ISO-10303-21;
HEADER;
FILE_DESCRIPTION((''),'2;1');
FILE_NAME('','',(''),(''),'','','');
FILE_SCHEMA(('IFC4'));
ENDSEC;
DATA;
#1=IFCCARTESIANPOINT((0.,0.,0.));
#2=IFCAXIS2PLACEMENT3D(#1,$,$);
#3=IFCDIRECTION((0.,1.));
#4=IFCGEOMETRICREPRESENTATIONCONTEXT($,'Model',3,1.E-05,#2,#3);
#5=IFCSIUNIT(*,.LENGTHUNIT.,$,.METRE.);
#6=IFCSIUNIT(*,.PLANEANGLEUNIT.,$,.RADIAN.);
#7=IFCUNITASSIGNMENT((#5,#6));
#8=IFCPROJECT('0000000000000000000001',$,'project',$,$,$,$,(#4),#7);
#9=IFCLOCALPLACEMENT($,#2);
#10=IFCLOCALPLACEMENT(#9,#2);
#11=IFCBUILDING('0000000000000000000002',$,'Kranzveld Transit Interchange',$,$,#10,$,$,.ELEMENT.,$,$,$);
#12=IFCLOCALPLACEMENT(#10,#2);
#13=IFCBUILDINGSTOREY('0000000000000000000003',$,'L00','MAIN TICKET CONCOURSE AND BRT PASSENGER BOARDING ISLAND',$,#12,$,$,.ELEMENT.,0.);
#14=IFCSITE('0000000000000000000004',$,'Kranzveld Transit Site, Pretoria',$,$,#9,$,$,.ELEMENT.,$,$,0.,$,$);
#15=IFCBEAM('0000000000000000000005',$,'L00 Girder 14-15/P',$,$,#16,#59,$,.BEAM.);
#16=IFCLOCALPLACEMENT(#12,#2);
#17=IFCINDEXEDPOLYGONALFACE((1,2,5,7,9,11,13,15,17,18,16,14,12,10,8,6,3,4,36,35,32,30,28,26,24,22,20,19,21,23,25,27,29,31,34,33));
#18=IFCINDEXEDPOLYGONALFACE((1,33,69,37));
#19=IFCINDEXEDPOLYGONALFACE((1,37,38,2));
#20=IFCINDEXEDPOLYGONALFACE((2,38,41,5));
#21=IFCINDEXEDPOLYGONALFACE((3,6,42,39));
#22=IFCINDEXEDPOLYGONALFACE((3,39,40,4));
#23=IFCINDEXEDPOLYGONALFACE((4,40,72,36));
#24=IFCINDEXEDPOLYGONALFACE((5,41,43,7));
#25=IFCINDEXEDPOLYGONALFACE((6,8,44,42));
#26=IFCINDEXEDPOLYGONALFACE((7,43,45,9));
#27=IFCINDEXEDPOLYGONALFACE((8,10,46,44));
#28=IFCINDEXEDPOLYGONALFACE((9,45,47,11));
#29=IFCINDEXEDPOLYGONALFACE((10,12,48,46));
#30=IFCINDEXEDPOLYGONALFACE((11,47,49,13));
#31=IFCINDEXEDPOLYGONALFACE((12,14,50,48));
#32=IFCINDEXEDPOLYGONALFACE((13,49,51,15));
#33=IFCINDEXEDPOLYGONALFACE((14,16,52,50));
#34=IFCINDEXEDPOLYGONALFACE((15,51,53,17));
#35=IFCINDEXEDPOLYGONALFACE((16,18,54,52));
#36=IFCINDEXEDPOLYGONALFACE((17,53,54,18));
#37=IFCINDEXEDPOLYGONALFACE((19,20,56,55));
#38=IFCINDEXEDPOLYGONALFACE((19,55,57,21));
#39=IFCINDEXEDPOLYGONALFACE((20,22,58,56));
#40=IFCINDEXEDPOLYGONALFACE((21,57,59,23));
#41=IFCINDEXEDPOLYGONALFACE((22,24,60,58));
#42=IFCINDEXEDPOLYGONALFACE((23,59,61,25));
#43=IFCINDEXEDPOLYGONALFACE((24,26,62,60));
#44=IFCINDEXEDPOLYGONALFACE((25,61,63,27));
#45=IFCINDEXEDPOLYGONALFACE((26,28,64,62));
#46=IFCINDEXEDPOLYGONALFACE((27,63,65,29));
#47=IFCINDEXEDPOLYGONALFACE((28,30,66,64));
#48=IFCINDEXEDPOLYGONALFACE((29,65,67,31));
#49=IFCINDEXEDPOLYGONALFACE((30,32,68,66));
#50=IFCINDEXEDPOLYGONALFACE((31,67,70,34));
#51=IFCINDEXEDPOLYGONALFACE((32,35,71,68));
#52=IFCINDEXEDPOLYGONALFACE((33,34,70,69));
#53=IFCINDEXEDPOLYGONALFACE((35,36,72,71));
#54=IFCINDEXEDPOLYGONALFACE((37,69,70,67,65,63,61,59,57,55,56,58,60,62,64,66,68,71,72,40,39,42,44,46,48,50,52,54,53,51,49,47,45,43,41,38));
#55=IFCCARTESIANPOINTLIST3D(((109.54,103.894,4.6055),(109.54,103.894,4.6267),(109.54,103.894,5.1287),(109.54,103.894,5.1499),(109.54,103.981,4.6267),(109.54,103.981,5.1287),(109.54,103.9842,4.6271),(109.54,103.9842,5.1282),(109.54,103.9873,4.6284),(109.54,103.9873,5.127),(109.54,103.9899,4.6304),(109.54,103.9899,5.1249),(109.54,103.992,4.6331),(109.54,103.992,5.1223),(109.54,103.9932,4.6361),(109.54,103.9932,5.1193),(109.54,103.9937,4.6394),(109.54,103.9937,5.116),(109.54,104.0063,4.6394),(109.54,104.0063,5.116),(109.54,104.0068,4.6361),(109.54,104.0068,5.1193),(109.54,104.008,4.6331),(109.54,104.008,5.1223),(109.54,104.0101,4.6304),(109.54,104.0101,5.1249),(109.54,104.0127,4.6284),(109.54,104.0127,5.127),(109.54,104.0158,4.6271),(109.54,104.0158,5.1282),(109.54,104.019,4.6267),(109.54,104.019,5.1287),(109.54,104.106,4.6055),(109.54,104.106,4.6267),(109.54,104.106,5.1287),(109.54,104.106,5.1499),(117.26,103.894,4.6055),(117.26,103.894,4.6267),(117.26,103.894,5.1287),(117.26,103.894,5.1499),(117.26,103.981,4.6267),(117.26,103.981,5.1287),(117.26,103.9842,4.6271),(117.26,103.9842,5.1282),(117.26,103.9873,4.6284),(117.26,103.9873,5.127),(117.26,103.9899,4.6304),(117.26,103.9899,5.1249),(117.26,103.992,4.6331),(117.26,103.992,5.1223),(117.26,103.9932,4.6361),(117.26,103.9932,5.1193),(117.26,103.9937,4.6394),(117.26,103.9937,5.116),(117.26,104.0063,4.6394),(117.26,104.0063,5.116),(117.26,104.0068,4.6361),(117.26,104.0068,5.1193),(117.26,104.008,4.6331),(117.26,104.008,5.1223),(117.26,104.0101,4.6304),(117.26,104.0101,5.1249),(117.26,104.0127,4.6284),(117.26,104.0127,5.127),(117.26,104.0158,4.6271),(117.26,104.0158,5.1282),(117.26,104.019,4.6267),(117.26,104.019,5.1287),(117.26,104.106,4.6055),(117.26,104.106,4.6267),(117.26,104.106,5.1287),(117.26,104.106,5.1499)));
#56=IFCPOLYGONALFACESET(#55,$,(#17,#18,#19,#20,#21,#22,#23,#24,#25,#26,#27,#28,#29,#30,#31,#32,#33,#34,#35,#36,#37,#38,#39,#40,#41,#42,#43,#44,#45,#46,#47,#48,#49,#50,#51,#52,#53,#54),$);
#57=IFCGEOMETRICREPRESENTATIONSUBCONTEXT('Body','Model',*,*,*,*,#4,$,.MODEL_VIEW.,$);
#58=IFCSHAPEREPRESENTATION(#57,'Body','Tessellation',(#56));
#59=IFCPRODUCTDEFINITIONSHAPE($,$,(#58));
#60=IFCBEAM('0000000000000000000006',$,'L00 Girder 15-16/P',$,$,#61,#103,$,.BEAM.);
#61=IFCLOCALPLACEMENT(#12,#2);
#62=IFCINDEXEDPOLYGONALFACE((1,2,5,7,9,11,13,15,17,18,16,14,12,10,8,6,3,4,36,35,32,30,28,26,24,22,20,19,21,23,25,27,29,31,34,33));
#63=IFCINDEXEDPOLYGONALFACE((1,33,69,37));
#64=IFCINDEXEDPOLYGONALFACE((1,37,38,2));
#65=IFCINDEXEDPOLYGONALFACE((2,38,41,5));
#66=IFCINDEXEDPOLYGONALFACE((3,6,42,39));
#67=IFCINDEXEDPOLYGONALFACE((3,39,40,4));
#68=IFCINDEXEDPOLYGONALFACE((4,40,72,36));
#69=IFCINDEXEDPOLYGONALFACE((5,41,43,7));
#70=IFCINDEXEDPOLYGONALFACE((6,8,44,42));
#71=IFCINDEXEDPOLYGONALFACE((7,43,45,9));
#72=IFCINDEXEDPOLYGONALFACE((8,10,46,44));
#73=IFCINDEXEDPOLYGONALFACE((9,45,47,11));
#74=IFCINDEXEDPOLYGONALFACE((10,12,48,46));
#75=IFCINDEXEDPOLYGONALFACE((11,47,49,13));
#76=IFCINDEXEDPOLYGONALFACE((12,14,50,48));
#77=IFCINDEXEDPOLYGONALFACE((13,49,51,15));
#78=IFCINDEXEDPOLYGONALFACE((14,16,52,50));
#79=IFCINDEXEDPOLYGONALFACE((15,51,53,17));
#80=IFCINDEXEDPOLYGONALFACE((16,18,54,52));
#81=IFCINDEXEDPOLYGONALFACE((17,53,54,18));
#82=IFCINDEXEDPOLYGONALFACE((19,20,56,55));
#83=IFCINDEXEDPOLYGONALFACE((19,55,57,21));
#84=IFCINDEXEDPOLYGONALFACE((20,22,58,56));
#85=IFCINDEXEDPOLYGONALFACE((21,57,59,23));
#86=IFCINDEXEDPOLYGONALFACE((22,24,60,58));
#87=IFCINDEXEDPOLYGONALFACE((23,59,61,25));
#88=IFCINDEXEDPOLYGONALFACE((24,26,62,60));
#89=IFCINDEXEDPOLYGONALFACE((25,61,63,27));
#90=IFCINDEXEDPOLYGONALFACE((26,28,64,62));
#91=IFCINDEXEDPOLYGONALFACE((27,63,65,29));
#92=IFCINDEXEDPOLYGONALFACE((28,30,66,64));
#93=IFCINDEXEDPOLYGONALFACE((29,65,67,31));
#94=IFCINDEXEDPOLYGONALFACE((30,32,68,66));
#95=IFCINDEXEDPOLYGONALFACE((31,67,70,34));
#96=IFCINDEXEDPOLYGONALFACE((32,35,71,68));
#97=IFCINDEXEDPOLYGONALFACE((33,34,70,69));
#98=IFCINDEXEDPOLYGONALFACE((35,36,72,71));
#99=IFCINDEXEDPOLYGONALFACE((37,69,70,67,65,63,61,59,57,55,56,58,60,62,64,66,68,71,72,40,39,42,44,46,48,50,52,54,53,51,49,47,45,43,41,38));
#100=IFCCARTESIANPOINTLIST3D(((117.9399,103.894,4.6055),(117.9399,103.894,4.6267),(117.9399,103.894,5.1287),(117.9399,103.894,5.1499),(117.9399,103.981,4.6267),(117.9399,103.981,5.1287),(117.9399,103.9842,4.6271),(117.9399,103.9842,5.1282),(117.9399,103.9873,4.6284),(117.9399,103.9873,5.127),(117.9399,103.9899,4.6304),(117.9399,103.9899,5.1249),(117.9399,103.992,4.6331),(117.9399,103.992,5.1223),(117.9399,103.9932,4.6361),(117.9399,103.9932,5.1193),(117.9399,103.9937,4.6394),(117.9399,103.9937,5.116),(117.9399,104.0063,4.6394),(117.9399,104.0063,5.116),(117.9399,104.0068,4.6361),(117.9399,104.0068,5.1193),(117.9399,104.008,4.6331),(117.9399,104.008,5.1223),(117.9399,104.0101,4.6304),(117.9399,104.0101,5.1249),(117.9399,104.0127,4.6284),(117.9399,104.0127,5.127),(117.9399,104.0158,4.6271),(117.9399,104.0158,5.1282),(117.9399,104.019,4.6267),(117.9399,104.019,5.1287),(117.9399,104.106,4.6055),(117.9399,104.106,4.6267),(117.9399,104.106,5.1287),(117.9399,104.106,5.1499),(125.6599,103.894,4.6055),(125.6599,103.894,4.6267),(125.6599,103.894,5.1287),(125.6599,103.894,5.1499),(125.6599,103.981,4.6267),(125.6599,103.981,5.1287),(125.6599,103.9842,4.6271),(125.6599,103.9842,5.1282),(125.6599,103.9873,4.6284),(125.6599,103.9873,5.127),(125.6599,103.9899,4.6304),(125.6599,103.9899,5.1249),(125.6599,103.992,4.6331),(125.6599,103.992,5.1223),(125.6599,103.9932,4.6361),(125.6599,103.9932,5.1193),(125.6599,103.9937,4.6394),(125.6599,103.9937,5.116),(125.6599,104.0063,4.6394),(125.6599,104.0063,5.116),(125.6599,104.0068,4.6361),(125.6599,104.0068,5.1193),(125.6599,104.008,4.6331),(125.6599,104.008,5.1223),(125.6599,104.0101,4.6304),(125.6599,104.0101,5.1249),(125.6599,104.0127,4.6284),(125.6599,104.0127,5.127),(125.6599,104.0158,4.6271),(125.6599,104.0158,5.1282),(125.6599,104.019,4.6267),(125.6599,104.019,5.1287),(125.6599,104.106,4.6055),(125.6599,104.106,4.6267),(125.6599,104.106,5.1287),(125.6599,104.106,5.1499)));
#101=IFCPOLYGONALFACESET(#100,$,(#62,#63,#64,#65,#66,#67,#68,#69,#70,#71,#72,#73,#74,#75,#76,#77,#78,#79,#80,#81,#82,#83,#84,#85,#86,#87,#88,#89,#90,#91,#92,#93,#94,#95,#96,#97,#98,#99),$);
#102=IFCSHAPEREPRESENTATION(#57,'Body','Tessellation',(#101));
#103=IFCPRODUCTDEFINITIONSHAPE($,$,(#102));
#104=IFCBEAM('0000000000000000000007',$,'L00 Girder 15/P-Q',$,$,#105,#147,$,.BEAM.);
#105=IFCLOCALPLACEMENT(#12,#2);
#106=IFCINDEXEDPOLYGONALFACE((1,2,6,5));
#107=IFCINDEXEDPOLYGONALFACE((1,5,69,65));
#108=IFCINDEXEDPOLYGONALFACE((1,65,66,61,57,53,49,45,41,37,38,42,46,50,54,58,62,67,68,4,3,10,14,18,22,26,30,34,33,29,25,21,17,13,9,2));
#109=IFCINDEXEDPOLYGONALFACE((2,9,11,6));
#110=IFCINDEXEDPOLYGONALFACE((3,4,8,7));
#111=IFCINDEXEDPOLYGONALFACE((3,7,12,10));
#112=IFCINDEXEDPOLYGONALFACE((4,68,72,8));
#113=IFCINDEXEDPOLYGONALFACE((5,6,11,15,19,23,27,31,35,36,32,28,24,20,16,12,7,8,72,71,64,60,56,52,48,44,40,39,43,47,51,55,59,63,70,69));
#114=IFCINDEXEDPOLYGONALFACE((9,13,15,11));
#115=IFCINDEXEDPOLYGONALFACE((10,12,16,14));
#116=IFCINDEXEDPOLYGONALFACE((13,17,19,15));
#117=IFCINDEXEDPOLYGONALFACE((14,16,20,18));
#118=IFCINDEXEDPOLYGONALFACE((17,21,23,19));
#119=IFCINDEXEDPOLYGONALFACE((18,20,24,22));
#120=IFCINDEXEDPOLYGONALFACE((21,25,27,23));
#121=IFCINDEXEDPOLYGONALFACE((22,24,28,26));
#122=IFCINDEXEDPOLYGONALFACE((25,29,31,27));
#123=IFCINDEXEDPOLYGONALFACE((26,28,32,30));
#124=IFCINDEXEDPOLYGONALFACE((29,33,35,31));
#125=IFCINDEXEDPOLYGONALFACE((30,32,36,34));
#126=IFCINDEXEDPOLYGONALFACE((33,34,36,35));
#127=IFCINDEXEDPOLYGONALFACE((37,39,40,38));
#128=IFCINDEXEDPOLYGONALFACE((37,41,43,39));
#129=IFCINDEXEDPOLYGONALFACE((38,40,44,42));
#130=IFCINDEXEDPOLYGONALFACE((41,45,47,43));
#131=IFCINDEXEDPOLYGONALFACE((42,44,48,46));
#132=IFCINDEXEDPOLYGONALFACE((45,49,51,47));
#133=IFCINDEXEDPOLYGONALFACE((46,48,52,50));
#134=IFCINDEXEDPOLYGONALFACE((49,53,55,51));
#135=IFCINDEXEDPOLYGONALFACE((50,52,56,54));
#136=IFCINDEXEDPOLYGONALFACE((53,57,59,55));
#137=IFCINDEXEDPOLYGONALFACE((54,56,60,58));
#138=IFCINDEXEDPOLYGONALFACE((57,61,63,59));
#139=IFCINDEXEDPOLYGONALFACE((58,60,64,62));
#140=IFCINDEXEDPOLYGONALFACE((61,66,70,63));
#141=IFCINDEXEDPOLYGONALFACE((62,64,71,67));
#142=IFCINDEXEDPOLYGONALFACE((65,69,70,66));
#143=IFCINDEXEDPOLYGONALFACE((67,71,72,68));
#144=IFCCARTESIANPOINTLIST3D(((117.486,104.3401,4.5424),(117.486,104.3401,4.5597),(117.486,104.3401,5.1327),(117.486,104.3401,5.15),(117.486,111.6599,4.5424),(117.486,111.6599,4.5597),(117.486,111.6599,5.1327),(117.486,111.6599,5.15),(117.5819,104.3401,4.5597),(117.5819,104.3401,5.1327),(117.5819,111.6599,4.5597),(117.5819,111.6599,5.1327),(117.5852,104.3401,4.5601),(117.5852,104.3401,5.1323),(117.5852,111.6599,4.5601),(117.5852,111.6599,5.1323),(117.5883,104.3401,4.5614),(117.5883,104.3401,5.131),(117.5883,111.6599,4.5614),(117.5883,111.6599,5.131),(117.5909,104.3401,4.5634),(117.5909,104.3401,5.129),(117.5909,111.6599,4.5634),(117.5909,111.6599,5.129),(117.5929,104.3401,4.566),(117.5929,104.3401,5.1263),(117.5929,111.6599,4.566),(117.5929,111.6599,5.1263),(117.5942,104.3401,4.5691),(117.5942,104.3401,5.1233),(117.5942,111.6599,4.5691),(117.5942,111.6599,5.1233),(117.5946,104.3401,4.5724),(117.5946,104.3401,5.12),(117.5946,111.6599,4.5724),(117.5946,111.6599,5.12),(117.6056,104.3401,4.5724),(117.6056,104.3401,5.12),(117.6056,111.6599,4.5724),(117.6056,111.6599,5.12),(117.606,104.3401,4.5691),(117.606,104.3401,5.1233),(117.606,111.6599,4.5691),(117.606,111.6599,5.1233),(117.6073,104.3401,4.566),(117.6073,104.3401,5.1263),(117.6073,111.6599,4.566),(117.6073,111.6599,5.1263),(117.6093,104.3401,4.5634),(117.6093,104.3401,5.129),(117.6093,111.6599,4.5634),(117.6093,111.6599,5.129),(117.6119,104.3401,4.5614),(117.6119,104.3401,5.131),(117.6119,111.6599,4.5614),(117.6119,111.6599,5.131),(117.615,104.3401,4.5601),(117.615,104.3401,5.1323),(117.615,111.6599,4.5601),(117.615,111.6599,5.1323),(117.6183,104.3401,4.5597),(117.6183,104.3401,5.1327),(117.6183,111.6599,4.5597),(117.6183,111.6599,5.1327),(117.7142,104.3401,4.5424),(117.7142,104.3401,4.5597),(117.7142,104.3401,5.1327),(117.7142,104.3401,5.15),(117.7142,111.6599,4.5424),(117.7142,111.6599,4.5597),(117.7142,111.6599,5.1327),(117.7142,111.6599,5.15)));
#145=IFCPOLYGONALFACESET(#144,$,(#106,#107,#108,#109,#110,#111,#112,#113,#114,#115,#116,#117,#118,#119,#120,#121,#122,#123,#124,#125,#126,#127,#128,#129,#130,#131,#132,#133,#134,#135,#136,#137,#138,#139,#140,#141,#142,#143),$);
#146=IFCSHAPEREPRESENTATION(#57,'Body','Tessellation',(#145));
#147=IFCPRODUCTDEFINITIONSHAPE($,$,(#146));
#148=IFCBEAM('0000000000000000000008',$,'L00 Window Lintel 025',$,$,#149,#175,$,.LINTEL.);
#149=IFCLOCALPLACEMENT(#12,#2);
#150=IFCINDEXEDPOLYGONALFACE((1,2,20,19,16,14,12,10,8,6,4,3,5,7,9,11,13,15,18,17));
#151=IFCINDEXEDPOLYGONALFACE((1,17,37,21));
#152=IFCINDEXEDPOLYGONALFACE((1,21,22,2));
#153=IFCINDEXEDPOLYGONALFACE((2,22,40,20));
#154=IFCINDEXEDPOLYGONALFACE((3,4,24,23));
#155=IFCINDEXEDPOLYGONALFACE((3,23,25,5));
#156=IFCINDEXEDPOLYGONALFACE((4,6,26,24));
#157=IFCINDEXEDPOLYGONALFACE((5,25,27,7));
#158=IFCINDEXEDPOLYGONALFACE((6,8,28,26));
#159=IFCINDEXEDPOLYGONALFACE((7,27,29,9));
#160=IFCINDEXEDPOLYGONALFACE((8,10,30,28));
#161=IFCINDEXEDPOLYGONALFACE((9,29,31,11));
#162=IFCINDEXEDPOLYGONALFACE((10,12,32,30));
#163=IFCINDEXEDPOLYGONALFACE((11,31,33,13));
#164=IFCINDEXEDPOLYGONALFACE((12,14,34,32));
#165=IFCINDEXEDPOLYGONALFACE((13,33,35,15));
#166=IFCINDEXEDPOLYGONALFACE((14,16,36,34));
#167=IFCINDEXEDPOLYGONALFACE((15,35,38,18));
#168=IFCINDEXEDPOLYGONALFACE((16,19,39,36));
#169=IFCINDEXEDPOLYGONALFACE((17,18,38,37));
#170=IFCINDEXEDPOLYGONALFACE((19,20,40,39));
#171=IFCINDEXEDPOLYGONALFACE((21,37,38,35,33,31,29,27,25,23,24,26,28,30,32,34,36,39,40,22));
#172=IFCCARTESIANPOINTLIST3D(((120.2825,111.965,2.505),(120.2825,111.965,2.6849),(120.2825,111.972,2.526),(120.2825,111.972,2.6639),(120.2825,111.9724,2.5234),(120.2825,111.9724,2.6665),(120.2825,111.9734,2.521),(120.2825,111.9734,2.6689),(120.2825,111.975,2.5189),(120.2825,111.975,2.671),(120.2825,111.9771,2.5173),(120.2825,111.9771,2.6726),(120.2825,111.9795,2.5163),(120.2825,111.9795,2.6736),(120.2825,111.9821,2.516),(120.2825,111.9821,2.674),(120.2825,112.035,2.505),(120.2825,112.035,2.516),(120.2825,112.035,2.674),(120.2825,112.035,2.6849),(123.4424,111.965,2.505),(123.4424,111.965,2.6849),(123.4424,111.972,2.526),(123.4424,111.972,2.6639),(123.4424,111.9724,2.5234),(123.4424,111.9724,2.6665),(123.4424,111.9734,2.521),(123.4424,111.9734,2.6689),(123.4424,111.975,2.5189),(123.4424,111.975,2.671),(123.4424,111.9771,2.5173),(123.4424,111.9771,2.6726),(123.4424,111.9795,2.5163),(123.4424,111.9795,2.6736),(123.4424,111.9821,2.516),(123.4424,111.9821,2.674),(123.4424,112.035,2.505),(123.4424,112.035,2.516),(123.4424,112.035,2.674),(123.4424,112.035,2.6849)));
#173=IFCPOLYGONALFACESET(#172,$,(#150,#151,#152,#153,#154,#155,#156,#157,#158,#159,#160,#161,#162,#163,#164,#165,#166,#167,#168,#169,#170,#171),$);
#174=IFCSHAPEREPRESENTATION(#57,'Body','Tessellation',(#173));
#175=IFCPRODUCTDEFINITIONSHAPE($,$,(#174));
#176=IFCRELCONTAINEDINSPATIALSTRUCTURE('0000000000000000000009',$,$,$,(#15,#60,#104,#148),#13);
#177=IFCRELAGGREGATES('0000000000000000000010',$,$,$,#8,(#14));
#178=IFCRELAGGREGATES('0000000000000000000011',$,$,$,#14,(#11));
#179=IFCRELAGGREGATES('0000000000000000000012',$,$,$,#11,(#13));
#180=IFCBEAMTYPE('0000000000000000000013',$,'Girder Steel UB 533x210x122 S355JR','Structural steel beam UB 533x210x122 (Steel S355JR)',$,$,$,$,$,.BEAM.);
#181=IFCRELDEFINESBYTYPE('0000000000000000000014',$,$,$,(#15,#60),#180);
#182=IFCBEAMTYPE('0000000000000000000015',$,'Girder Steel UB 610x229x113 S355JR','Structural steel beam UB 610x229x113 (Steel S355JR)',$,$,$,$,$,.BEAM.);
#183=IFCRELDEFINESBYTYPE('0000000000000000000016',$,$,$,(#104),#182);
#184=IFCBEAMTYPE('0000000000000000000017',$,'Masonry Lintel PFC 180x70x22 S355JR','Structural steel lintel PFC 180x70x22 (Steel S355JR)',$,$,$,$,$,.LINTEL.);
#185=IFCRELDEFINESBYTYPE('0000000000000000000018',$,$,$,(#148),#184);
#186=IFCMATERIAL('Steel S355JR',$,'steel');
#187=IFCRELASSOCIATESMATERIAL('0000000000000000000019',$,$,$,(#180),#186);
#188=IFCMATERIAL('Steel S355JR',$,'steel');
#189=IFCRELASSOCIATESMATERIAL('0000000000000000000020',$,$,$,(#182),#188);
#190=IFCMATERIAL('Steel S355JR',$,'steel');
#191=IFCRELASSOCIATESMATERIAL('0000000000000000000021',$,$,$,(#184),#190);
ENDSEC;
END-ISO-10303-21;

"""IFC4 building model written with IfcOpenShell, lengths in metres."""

from ifc_helpers import new_model, si_unit, direction, frame, origin, origin_2d, place, context, subcontext, project, spatial, i_section, u_section, extrude, material, material_profile, profile_set, type_object, element, save


model = new_model("IFC4")

# Units and contexts
model_context = context("Model", 3, precision=1e-05, world=origin(), true_north=direction((0.0, 1.0)))
body_context = subcontext(model_context, "Body", "Model", "MODEL_VIEW")
ifc_project = project(units=[si_unit("LENGTHUNIT", "METRE"), si_unit("PLANEANGLEUNIT", "RADIAN")], contexts=[model_context])

# Site, building, storey
site_placement = place(None, origin())
site = spatial("IfcSite", under=ifc_project, at=site_placement, Name="Kranzveld Transit Site, Pretoria", CompositionType="ELEMENT", RefElevation=0.0)
building_placement = place(site_placement, origin())
building = spatial("IfcBuilding", under=site, at=building_placement, Name="Kranzveld Transit Interchange", CompositionType="ELEMENT")
storey_placement = place(building_placement, origin())
storey = spatial("IfcBuildingStorey", under=building, at=storey_placement, Name="L00", Description="MAIN TICKET CONCOURSE AND BRT PASSENGER BOARDING ISLAND", CompositionType="ELEMENT", Elevation=0.0)

# Beams
ifc_material_1 = material(Name="Steel S355JR", Category="steel")
ifc_material_profile_1 = material_profile(ifc_material_1, i_section(OverallWidth=0.2119, OverallDepth=0.5444, WebThickness=0.0127, FlangeThickness=0.0212, FilletRadius=0.0127, at=origin_2d()), Name="UB 533x210x122")
ifc_profile_set_1 = profile_set([ifc_material_profile_1], Name="Steel S355JR")
beam_type_1 = type_object("IfcBeamType", Name="Girder Steel UB 533x210x122 S355JR", Description="Structural steel beam UB 533x210x122 (Steel S355JR)", PredefinedType="BEAM", material=ifc_profile_set_1)
for number, where, z_axis, x_axis, name in (
    (1, (109.54, 104.0, 4.8777), (1.0, 0.0, 0.0), (0.0, 1.0, 0.0), "L00 Girder 14-15/P"),
    (2, (117.9399, 104.0, 4.8777), (1.0, 0.0, 0.0), (0.0, 1.0, 0.0), "L00 Girder 15-16/P"),
):
    element("IfcBeam", number, at=place(storey_placement, frame(where, z_axis=z_axis, x_axis=x_axis)), inside=storey, type_object=beam_type_1, Name=name, PredefinedType="BEAM", context=body_context, shape_type="SweptSolid", body=[
        extrude(i_section(OverallWidth=0.2119, OverallDepth=0.5444, WebThickness=0.0127, FlangeThickness=0.0212, FilletRadius=0.0127, at=origin_2d()), origin(), (0.0, 0.0, 1.0), 7.72),
    ])
ifc_material_2 = material(Name="Steel S355JR", Category="steel")
ifc_material_profile_2 = material_profile(ifc_material_2, i_section(OverallWidth=0.2283, OverallDepth=0.6077, WebThickness=0.011, FlangeThickness=0.0173, FilletRadius=0.0127, at=origin_2d()), Name="UB 610x229x113")
ifc_profile_set_2 = profile_set([ifc_material_profile_2], Name="Steel S355JR")
beam_type_2 = type_object("IfcBeamType", Name="Girder Steel UB 610x229x113 S355JR", Description="Structural steel beam UB 610x229x113 (Steel S355JR)", PredefinedType="BEAM", material=ifc_profile_set_2)
beam_1_placement = place(storey_placement, frame((117.6001, 104.3401, 4.8462), z_axis=(0.0, 1.0, 0.0), x_axis=(-1.0, 0.0, 0.0)))
element("IfcBeam", 3, at=beam_1_placement, inside=storey, type_object=beam_type_2, Name="L00 Girder 15/P-Q", PredefinedType="BEAM", context=body_context, shape_type="SweptSolid", body=[
    extrude(i_section(OverallWidth=0.2283, OverallDepth=0.6077, WebThickness=0.011, FlangeThickness=0.0173, FilletRadius=0.0127, at=origin_2d()), origin(), (0.0, 0.0, 1.0), 7.3198),
])
ifc_material_3 = material(Name="Steel S355JR", Category="steel")
ifc_material_profile_3 = material_profile(ifc_material_3, u_section(Depth=0.1799, FlangeWidth=0.0701, WebThickness=0.0071, FlangeThickness=0.011, FilletRadius=0.01, at=origin_2d()), Name="PFC 180x70x22")
ifc_profile_set_3 = profile_set([ifc_material_profile_3], Name="Steel S355JR")
beam_type_3 = type_object("IfcBeamType", Name="Masonry Lintel PFC 180x70x22 S355JR", Description="Structural steel lintel PFC 180x70x22 (Steel S355JR)", PredefinedType="LINTEL", material=ifc_profile_set_3)
beam_2_placement = place(storey_placement, frame((120.2825, 112.0, 2.595), z_axis=(1.0, 0.0, 0.0), x_axis=(0.0, 1.0, 0.0)))
element("IfcBeam", 4, at=beam_2_placement, inside=storey, type_object=beam_type_3, Name="L00 Window Lintel 025", PredefinedType="LINTEL", context=body_context, shape_type="SweptSolid", body=[
    extrude(u_section(Depth=0.1799, FlangeWidth=0.0701, WebThickness=0.0071, FlangeThickness=0.011, FilletRadius=0.01, at=origin_2d()), origin(), (0.0, 0.0, 1.0), 3.1599),
])

save(model, "model.ifc")
